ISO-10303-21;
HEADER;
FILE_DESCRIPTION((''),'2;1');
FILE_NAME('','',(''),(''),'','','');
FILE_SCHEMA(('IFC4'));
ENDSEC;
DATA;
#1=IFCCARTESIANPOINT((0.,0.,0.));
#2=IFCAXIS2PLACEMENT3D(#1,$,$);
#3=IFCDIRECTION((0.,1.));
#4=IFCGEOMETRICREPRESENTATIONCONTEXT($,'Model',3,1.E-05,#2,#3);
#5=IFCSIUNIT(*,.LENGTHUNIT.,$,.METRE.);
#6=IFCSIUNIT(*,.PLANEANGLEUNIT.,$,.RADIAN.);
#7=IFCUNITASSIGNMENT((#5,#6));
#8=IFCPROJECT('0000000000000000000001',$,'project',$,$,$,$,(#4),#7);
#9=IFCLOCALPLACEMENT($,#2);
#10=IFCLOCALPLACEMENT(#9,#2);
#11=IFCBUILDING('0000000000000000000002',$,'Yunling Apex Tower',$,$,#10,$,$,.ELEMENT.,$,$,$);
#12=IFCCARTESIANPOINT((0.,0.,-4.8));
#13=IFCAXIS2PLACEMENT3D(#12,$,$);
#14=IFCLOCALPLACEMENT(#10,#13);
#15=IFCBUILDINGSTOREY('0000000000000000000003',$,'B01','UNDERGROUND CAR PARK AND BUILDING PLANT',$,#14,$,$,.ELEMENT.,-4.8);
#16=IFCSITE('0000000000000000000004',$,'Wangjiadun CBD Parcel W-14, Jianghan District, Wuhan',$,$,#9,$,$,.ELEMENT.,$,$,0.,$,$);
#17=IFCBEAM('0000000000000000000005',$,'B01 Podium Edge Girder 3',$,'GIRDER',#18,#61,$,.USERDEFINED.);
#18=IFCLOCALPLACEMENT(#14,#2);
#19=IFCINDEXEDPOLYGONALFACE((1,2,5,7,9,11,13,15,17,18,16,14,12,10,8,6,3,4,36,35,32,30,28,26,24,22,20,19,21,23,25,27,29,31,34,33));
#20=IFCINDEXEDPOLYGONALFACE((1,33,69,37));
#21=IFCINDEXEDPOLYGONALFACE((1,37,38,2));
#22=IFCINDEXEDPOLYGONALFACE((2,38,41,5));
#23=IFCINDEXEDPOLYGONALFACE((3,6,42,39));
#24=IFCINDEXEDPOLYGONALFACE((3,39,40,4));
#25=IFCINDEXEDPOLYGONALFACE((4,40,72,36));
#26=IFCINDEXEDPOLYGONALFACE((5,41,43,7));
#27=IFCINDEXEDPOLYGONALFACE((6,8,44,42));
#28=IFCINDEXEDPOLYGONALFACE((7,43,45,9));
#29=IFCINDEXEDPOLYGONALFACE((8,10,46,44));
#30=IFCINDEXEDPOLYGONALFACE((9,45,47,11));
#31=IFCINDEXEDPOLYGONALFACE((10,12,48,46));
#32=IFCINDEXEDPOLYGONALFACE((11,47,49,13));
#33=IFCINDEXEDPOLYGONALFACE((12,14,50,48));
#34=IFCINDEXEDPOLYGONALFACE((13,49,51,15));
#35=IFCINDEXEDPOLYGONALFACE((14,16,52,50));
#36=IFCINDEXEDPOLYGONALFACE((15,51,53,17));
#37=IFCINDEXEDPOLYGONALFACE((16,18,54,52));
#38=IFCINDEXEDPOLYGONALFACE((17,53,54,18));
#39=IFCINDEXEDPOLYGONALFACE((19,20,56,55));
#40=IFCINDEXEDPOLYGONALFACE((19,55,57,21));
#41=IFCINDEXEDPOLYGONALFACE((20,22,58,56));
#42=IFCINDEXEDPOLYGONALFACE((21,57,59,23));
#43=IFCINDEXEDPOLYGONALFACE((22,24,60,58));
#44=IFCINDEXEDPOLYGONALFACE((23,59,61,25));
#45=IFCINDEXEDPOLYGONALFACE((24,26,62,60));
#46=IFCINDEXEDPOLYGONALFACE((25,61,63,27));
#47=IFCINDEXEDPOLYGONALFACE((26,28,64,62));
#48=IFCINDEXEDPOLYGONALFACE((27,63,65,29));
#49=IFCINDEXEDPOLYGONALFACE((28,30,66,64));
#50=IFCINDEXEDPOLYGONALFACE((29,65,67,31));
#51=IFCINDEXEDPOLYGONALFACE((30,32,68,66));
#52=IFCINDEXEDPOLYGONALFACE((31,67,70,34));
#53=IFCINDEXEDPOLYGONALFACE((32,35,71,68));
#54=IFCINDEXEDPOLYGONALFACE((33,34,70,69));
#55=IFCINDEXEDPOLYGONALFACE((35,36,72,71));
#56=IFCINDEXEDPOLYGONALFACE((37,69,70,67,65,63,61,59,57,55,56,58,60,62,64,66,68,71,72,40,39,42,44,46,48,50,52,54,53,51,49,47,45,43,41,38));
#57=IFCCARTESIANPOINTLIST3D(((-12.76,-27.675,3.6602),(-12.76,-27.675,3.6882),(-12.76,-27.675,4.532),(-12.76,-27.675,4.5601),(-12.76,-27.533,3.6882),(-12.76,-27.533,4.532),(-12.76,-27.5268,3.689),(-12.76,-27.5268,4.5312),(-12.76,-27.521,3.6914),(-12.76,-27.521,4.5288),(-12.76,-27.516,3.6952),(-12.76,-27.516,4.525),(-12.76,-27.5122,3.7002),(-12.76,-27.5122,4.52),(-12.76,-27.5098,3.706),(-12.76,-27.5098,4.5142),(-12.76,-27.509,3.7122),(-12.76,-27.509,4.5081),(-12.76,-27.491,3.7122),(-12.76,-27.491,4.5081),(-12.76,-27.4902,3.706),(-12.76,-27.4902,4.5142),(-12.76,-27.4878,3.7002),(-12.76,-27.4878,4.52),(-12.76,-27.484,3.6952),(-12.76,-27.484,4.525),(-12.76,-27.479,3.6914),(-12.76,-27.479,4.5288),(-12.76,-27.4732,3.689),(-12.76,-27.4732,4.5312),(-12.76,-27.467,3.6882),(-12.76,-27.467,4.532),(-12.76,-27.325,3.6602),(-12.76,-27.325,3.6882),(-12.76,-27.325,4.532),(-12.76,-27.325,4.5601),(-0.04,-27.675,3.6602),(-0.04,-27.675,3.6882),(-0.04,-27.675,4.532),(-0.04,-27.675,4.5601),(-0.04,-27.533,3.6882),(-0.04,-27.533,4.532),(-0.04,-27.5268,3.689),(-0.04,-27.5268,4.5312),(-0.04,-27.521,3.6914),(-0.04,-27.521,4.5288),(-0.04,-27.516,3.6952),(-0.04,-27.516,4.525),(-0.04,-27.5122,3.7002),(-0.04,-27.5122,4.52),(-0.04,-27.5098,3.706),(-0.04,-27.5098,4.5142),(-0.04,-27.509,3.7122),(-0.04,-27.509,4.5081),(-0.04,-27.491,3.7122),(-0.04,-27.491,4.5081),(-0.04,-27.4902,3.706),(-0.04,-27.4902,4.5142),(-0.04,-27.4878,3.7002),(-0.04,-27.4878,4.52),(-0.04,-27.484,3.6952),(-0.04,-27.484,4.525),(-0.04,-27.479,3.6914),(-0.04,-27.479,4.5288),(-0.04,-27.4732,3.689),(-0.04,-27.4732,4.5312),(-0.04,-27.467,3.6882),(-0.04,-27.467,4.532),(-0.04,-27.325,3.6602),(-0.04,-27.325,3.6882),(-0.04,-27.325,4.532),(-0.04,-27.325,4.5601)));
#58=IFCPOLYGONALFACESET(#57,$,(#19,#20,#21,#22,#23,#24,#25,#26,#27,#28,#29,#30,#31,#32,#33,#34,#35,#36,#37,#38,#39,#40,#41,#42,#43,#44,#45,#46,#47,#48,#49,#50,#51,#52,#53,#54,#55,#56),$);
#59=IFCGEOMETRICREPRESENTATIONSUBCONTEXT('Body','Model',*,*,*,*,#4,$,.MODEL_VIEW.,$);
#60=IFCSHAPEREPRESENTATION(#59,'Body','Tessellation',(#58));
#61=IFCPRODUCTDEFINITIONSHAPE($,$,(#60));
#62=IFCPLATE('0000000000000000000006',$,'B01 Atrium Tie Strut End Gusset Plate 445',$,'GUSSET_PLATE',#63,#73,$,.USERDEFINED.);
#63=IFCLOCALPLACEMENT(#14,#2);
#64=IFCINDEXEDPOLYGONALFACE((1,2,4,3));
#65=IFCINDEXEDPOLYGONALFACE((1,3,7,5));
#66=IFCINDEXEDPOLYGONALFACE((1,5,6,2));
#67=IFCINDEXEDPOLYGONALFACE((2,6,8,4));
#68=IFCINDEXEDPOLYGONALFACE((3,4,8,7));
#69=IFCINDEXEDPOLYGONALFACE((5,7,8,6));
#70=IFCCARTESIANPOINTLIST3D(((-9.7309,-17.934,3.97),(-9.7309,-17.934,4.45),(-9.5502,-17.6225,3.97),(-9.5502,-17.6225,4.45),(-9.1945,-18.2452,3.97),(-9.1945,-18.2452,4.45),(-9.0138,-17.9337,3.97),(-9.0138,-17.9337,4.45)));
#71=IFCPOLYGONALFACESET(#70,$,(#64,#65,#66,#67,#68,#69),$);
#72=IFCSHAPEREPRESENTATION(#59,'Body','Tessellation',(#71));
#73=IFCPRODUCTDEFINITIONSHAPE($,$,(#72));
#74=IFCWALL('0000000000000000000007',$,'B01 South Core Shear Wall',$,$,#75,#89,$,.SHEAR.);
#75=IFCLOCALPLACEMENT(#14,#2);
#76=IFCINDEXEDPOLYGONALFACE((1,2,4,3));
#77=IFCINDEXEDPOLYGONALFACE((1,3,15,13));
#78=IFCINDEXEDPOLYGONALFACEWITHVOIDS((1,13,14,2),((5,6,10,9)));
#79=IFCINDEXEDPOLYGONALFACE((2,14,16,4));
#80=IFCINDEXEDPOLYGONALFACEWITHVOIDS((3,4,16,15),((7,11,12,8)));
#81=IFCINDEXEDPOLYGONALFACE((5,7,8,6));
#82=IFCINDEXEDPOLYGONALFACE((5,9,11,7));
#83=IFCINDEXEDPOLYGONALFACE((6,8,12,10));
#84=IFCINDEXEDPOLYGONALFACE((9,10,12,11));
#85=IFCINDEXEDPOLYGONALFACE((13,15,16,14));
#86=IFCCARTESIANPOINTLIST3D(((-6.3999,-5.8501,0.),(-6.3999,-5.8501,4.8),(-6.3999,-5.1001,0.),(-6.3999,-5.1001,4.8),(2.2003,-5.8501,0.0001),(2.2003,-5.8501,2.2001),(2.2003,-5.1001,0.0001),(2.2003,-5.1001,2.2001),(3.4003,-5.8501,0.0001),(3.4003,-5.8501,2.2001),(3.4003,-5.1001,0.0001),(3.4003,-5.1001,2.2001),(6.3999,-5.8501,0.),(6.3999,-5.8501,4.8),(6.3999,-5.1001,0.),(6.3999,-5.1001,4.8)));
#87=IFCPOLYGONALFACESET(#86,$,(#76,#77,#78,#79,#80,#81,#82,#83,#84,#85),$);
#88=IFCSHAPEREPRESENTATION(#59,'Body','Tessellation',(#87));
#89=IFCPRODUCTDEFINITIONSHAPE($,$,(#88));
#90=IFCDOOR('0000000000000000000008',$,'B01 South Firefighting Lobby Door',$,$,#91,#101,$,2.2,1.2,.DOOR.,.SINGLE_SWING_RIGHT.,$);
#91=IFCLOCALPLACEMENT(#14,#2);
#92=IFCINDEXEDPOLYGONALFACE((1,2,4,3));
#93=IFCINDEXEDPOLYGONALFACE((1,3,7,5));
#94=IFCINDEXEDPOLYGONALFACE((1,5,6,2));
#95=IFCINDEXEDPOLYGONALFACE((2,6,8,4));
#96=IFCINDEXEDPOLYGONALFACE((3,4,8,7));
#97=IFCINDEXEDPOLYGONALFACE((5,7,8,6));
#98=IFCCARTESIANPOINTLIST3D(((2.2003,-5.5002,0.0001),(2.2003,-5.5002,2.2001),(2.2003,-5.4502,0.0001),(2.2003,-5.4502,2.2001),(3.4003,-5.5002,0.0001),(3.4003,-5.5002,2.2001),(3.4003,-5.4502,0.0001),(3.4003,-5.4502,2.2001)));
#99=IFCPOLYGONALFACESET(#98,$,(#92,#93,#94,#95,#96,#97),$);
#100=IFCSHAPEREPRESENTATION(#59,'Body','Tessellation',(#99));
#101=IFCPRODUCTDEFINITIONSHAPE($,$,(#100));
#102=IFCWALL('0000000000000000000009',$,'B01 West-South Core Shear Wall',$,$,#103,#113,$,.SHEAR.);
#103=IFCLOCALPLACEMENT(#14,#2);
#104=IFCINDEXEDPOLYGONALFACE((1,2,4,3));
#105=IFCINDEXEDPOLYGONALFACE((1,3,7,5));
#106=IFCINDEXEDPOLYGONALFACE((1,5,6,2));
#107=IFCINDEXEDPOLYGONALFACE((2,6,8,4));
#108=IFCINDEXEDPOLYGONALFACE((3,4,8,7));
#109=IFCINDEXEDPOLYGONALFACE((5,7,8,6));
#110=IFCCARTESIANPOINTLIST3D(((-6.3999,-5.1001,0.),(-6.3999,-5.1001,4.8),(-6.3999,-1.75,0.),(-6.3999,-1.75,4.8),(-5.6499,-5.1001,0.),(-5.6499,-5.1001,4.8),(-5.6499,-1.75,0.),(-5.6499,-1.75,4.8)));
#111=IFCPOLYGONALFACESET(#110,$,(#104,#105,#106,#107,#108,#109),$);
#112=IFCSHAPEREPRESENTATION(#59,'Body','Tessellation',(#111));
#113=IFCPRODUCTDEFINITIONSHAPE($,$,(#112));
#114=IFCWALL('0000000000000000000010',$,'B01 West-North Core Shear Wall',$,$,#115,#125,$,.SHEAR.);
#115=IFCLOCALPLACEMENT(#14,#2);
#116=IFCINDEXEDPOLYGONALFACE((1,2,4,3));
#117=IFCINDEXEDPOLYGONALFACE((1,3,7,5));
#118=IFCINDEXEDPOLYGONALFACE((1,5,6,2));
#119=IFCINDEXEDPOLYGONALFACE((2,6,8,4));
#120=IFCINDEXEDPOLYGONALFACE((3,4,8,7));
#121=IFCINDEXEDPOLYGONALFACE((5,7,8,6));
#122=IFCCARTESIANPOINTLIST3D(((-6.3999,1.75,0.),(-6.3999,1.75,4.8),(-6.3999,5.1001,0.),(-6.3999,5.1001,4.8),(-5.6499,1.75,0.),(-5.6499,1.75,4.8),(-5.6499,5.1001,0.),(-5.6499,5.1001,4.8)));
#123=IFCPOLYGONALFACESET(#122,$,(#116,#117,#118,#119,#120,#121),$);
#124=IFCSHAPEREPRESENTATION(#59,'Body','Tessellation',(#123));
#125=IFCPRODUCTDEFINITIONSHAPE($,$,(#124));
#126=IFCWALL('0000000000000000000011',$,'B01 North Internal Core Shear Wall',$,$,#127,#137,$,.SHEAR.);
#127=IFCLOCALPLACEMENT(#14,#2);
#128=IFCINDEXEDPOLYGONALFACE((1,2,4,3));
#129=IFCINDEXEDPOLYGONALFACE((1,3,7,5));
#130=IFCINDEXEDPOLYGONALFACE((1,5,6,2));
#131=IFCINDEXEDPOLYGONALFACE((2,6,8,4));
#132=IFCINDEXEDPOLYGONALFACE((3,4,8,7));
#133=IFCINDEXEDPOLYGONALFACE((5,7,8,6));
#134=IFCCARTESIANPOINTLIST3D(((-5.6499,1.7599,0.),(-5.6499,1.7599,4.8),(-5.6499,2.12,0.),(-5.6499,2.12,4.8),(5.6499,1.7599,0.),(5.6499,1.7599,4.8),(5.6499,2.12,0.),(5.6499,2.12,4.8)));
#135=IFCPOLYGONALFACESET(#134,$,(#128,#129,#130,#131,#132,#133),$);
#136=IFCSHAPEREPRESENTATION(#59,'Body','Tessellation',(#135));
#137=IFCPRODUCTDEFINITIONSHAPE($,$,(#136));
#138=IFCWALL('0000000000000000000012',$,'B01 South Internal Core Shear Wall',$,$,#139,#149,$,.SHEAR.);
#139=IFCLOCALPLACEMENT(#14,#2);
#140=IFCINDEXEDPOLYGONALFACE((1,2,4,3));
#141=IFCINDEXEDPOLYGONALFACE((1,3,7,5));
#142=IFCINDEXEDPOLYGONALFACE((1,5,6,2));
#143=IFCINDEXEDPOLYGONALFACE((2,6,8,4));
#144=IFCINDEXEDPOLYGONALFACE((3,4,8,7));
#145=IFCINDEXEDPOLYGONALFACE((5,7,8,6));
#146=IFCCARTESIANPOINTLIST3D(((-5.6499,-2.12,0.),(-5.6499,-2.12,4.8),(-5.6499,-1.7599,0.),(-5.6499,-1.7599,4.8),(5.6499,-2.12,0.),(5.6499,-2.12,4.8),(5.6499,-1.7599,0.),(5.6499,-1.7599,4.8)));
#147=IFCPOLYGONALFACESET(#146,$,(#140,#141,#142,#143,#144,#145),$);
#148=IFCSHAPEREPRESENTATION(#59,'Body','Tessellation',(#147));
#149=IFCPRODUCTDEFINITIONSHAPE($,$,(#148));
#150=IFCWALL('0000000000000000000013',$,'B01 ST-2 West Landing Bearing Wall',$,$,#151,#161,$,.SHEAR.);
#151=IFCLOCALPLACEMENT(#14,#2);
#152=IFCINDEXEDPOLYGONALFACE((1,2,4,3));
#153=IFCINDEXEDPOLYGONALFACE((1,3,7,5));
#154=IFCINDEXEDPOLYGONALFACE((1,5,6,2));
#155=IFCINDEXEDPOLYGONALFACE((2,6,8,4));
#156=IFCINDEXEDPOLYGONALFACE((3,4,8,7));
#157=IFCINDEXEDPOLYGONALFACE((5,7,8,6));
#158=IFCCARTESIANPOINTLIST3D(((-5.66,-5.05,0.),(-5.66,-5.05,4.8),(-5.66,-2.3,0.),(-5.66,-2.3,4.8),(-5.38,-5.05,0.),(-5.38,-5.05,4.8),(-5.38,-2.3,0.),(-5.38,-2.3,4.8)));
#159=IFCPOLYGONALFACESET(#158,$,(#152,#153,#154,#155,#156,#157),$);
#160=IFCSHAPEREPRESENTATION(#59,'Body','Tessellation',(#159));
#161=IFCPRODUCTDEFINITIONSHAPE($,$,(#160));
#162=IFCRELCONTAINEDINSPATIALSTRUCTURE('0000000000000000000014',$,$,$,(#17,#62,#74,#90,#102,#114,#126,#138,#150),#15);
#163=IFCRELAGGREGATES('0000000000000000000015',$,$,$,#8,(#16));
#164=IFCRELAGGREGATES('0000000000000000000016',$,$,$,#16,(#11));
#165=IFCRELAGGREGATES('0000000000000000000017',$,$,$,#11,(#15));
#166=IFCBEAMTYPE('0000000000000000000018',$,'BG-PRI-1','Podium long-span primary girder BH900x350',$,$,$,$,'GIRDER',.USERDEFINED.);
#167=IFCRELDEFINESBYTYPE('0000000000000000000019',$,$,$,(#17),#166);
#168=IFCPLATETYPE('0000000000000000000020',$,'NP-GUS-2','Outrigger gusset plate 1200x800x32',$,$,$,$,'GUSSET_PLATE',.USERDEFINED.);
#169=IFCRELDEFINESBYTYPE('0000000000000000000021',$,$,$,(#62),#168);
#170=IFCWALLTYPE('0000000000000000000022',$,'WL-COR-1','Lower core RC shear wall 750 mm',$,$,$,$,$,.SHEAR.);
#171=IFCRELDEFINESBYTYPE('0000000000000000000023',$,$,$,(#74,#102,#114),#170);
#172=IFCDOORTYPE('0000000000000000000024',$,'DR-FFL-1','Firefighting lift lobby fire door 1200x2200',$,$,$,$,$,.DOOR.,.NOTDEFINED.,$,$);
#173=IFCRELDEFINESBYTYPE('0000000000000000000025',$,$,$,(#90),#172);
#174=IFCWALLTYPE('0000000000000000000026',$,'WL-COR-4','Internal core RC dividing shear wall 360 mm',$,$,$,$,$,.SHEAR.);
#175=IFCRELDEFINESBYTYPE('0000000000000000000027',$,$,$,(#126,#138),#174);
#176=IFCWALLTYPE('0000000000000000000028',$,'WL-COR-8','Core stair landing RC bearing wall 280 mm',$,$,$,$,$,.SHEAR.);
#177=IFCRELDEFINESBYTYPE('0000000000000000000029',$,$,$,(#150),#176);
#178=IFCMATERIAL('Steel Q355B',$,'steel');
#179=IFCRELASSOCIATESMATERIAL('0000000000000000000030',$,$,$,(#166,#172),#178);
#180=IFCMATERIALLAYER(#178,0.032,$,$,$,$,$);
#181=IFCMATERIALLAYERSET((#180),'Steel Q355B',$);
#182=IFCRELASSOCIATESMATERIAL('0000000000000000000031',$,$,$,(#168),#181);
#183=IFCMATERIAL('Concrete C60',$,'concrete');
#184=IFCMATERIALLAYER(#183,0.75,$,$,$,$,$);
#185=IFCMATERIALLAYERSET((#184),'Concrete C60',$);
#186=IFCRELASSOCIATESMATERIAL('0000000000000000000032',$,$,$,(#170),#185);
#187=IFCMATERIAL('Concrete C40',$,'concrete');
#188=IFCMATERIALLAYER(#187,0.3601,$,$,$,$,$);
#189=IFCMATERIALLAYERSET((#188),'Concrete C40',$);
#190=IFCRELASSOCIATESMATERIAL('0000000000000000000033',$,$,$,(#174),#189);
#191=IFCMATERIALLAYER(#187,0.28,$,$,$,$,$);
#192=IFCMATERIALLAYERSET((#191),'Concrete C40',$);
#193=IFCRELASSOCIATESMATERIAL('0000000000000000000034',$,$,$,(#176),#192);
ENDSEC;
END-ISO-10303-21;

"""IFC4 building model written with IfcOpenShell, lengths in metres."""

from ifc_helpers import new_model, si_unit, direction, frame, frame_2d, origin, origin_2d, place, context, subcontext, project, spatial, rectangle, i_section, extrude, source, transform, mapped, material, layer, layer_set, material_profile, profile_set, type_object, element, fill, save


model = new_model("IFC4")

# Units and contexts
model_context = context("Model", 3, precision=1e-05, world=origin(), true_north=direction((0.0, 1.0)))
body_context = subcontext(model_context, "Body", "Model", "MODEL_VIEW")
ifc_project = project(units=[si_unit("LENGTHUNIT", "METRE"), si_unit("PLANEANGLEUNIT", "RADIAN")], contexts=[model_context])

# Site, building, storey
site_placement = place(None, origin())
site = spatial("IfcSite", under=ifc_project, at=site_placement, Name="Wangjiadun CBD Parcel W-14, Jianghan District, Wuhan", CompositionType="ELEMENT", RefElevation=0.0)
building_placement = place(site_placement, origin())
building = spatial("IfcBuilding", under=site, at=building_placement, Name="Yunling Apex Tower", CompositionType="ELEMENT")
storey_placement = place(building_placement, frame((0.0, 0.0, -4.8)))
storey = spatial("IfcBuildingStorey", under=building, at=storey_placement, Name="B01", Description="UNDERGROUND CAR PARK AND BUILDING PLANT", CompositionType="ELEMENT", Elevation=-4.8)

# Shared definitions
ifc_material_1 = material(Name="Concrete C60", Category="concrete")

# Beam
ifc_material_2 = material(Name="Steel Q355B", Category="steel")
ifc_material_profile_1 = material_profile(ifc_material_2, i_section(OverallWidth=0.3501, OverallDepth=0.8999, WebThickness=0.0181, FlangeThickness=0.0281, FilletRadius=0.0239, at=origin_2d()))
ifc_profile_set_1 = profile_set([ifc_material_profile_1], Name="Steel Q355B")
beam_type_1 = type_object("IfcBeamType", Name="BG-PRI-1", Description="Podium long-span primary girder BH900x350", ElementType="GIRDER", PredefinedType="USERDEFINED", material=ifc_profile_set_1)
shared_shape_1 = source(origin(), body_context, "Body", "SweptSolid", [
    extrude(i_section(OverallWidth=0.3501, OverallDepth=0.8999, WebThickness=0.0181, FlangeThickness=0.0281, FilletRadius=0.0239, at=origin_2d()), origin(), (0.0, 0.0, 1.0), 12.72),
])
beam_1_placement = place(storey_placement, frame((-12.76, -27.5, 4.1101), z_axis=(1.0, 0.0, 0.0), x_axis=(0.0, 1.0, 0.0)))
element("IfcBeam", 1, at=beam_1_placement, inside=storey, type_object=beam_type_1, Name="B01 Podium Edge Girder 3", ObjectType="GIRDER", PredefinedType="USERDEFINED", context=body_context, shape_type="MappedRepresentation", body=[
    mapped(shared_shape_1, transform((0.0, 0.0, 0.0), scale=1.0)),
])

# Plate
ifc_layer_1 = layer(ifc_material_2, 0.032)
ifc_layer_set_1 = layer_set([ifc_layer_1], Name="Steel Q355B")
plate_type = type_object("IfcPlateType", Name="NP-GUS-2", Description="Outrigger gusset plate 1200x800x32", ElementType="GUSSET_PLATE", PredefinedType="USERDEFINED", material=ifc_layer_set_1)
shared_shape_2 = source(origin(), body_context, "Body", "SweptSolid", [
    extrude(rectangle(XDim=0.6201, YDim=0.3601, at=origin_2d()), origin(), (0.0, 0.0, 1.0), 0.48),
])
plate_placement = place(storey_placement, frame((-9.3723, -17.9338, 3.97), z_axis=(0.0, 0.0, 1.0), x_axis=(0.864976, -0.501813, 0.0)))
element("IfcPlate", 2, at=plate_placement, inside=storey, type_object=plate_type, Name="B01 Atrium Tie Strut End Gusset Plate 445", ObjectType="GUSSET_PLATE", PredefinedType="USERDEFINED", context=body_context, shape_type="MappedRepresentation", body=[
    mapped(shared_shape_2, transform((0.0, 0.0, 0.0), scale=1.0)),
])

# Wall, opening, door
ifc_layer_2 = layer(ifc_material_1, 0.75)
ifc_layer_set_2 = layer_set([ifc_layer_2], Name="Concrete C60")
wall_type_1 = type_object("IfcWallType", Name="WL-COR-1", Description="Lower core RC shear wall 750 mm", PredefinedType="SHEAR", material=ifc_layer_set_2)
wall_1_placement = place(storey_placement, frame((-6.3999, -5.4751, 0.0), z_axis=(0.0, 0.0, 1.0), x_axis=(1.0, 0.0, 0.0)))
wall_1 = element("IfcWall", 3, at=wall_1_placement, inside=storey, type_object=wall_type_1, Name="B01 South Core Shear Wall", PredefinedType="SHEAR", context=body_context, shape_type="SweptSolid", body=[
    extrude(rectangle(XDim=12.7998, YDim=0.75, at=frame_2d((6.3999, 0.0))), origin(), (0.0, 0.0, 1.0), 4.8),
])
opening_1_placement = place(wall_1_placement, frame((8.6001, 0.0, 0.0)))
opening_1 = element("IfcOpeningElement", 4, at=opening_1_placement, cuts=wall_1, PredefinedType="OPENING", context=body_context, shape_type="SweptSolid", body=[
    extrude(rectangle(XDim=1.2, YDim=2.2, at=frame_2d((0.6001, 1.1001))), frame((0.0, 0.385, 0.0), z_axis=(0.0, -1.0, 0.0), x_axis=(1.0, 0.0, 0.0)), (0.0, 0.0, 1.0), 0.77),
])
door_type_1 = type_object("IfcDoorType", Name="DR-FFL-1", Description="Firefighting lift lobby fire door 1200x2200", OperationType="NOTDEFINED", PredefinedType="DOOR", material=ifc_material_2)
door_1_placement = place(opening_1_placement, origin())
door_1 = element("IfcDoor", 5, at=door_1_placement, inside=storey, type_object=door_type_1, Name="B01 South Firefighting Lobby Door", OperationType="SINGLE_SWING_RIGHT", OverallHeight=2.2, OverallWidth=1.2, PredefinedType="DOOR", context=body_context, shape_type="SweptSolid", body=[
    extrude(rectangle(XDim=1.2, YDim=2.2, at=frame_2d((0.6001, 1.1001))), frame((0.0, 0.0249, 0.0), z_axis=(0.0, -1.0, 0.0), x_axis=(1.0, 0.0, 0.0)), (0.0, 0.0, 1.0), 0.05),
])
fill(opening_1, door_1)

# Walls
for number, where, z_axis, x_axis, name in (
    (6, (-6.0249, -5.1001, 0.0), (0.0, 0.0, 1.0), (0.0, 1.0, 0.0), "B01 West-South Core Shear Wall"),
    (7, (-6.0249, 1.75, 0.0), (0.0, 0.0, 1.0), (0.0, 1.0, 0.0), "B01 West-North Core Shear Wall"),
):
    element("IfcWall", number, at=place(storey_placement, frame(where, z_axis=z_axis, x_axis=x_axis)), inside=storey, type_object=wall_type_1, Name=name, PredefinedType="SHEAR", context=body_context, shape_type="SweptSolid", body=[
        extrude(rectangle(XDim=3.3501, YDim=0.75, at=frame_2d((1.675, 0.0))), origin(), (0.0, 0.0, 1.0), 4.8),
    ])
ifc_material_3 = material(Name="Concrete C40", Category="concrete")
ifc_layer_3 = layer(ifc_material_3, 0.3601)
ifc_layer_set_3 = layer_set([ifc_layer_3], Name="Concrete C40")
wall_type_2 = type_object("IfcWallType", Name="WL-COR-4", Description="Internal core RC dividing shear wall 360 mm", PredefinedType="SHEAR", material=ifc_layer_set_3)
for number, where, z_axis, x_axis, name in (
    (8, (-5.6499, 1.9399, 0.0), (0.0, 0.0, 1.0), (1.0, 0.0, 0.0), "B01 North Internal Core Shear Wall"),
    (9, (-5.6499, -1.9399, 0.0), (0.0, 0.0, 1.0), (1.0, 0.0, 0.0), "B01 South Internal Core Shear Wall"),
):
    element("IfcWall", number, at=place(storey_placement, frame(where, z_axis=z_axis, x_axis=x_axis)), inside=storey, type_object=wall_type_2, Name=name, PredefinedType="SHEAR", context=body_context, shape_type="SweptSolid", body=[
        extrude(rectangle(XDim=11.2998, YDim=0.3601, at=frame_2d((5.6499, 0.0))), origin(), (0.0, 0.0, 1.0), 4.8),
    ])
ifc_layer_4 = layer(ifc_material_3, 0.28)
ifc_layer_set_4 = layer_set([ifc_layer_4], Name="Concrete C40")
wall_type_3 = type_object("IfcWallType", Name="WL-COR-8", Description="Core stair landing RC bearing wall 280 mm", PredefinedType="SHEAR", material=ifc_layer_set_4)
wall_2_placement = place(storey_placement, frame((-5.52, -5.05, 0.0), z_axis=(0.0, 0.0, 1.0), x_axis=(0.0, 1.0, 0.0)))
element("IfcWall", 10, at=wall_2_placement, inside=storey, type_object=wall_type_3, Name="B01 ST-2 West Landing Bearing Wall", PredefinedType="SHEAR", context=body_context, shape_type="SweptSolid", body=[
    extrude(rectangle(XDim=2.75, YDim=0.28, at=frame_2d((1.375, 0.0))), origin(), (0.0, 0.0, 1.0), 4.8),
])

save(model, "model.ifc")
